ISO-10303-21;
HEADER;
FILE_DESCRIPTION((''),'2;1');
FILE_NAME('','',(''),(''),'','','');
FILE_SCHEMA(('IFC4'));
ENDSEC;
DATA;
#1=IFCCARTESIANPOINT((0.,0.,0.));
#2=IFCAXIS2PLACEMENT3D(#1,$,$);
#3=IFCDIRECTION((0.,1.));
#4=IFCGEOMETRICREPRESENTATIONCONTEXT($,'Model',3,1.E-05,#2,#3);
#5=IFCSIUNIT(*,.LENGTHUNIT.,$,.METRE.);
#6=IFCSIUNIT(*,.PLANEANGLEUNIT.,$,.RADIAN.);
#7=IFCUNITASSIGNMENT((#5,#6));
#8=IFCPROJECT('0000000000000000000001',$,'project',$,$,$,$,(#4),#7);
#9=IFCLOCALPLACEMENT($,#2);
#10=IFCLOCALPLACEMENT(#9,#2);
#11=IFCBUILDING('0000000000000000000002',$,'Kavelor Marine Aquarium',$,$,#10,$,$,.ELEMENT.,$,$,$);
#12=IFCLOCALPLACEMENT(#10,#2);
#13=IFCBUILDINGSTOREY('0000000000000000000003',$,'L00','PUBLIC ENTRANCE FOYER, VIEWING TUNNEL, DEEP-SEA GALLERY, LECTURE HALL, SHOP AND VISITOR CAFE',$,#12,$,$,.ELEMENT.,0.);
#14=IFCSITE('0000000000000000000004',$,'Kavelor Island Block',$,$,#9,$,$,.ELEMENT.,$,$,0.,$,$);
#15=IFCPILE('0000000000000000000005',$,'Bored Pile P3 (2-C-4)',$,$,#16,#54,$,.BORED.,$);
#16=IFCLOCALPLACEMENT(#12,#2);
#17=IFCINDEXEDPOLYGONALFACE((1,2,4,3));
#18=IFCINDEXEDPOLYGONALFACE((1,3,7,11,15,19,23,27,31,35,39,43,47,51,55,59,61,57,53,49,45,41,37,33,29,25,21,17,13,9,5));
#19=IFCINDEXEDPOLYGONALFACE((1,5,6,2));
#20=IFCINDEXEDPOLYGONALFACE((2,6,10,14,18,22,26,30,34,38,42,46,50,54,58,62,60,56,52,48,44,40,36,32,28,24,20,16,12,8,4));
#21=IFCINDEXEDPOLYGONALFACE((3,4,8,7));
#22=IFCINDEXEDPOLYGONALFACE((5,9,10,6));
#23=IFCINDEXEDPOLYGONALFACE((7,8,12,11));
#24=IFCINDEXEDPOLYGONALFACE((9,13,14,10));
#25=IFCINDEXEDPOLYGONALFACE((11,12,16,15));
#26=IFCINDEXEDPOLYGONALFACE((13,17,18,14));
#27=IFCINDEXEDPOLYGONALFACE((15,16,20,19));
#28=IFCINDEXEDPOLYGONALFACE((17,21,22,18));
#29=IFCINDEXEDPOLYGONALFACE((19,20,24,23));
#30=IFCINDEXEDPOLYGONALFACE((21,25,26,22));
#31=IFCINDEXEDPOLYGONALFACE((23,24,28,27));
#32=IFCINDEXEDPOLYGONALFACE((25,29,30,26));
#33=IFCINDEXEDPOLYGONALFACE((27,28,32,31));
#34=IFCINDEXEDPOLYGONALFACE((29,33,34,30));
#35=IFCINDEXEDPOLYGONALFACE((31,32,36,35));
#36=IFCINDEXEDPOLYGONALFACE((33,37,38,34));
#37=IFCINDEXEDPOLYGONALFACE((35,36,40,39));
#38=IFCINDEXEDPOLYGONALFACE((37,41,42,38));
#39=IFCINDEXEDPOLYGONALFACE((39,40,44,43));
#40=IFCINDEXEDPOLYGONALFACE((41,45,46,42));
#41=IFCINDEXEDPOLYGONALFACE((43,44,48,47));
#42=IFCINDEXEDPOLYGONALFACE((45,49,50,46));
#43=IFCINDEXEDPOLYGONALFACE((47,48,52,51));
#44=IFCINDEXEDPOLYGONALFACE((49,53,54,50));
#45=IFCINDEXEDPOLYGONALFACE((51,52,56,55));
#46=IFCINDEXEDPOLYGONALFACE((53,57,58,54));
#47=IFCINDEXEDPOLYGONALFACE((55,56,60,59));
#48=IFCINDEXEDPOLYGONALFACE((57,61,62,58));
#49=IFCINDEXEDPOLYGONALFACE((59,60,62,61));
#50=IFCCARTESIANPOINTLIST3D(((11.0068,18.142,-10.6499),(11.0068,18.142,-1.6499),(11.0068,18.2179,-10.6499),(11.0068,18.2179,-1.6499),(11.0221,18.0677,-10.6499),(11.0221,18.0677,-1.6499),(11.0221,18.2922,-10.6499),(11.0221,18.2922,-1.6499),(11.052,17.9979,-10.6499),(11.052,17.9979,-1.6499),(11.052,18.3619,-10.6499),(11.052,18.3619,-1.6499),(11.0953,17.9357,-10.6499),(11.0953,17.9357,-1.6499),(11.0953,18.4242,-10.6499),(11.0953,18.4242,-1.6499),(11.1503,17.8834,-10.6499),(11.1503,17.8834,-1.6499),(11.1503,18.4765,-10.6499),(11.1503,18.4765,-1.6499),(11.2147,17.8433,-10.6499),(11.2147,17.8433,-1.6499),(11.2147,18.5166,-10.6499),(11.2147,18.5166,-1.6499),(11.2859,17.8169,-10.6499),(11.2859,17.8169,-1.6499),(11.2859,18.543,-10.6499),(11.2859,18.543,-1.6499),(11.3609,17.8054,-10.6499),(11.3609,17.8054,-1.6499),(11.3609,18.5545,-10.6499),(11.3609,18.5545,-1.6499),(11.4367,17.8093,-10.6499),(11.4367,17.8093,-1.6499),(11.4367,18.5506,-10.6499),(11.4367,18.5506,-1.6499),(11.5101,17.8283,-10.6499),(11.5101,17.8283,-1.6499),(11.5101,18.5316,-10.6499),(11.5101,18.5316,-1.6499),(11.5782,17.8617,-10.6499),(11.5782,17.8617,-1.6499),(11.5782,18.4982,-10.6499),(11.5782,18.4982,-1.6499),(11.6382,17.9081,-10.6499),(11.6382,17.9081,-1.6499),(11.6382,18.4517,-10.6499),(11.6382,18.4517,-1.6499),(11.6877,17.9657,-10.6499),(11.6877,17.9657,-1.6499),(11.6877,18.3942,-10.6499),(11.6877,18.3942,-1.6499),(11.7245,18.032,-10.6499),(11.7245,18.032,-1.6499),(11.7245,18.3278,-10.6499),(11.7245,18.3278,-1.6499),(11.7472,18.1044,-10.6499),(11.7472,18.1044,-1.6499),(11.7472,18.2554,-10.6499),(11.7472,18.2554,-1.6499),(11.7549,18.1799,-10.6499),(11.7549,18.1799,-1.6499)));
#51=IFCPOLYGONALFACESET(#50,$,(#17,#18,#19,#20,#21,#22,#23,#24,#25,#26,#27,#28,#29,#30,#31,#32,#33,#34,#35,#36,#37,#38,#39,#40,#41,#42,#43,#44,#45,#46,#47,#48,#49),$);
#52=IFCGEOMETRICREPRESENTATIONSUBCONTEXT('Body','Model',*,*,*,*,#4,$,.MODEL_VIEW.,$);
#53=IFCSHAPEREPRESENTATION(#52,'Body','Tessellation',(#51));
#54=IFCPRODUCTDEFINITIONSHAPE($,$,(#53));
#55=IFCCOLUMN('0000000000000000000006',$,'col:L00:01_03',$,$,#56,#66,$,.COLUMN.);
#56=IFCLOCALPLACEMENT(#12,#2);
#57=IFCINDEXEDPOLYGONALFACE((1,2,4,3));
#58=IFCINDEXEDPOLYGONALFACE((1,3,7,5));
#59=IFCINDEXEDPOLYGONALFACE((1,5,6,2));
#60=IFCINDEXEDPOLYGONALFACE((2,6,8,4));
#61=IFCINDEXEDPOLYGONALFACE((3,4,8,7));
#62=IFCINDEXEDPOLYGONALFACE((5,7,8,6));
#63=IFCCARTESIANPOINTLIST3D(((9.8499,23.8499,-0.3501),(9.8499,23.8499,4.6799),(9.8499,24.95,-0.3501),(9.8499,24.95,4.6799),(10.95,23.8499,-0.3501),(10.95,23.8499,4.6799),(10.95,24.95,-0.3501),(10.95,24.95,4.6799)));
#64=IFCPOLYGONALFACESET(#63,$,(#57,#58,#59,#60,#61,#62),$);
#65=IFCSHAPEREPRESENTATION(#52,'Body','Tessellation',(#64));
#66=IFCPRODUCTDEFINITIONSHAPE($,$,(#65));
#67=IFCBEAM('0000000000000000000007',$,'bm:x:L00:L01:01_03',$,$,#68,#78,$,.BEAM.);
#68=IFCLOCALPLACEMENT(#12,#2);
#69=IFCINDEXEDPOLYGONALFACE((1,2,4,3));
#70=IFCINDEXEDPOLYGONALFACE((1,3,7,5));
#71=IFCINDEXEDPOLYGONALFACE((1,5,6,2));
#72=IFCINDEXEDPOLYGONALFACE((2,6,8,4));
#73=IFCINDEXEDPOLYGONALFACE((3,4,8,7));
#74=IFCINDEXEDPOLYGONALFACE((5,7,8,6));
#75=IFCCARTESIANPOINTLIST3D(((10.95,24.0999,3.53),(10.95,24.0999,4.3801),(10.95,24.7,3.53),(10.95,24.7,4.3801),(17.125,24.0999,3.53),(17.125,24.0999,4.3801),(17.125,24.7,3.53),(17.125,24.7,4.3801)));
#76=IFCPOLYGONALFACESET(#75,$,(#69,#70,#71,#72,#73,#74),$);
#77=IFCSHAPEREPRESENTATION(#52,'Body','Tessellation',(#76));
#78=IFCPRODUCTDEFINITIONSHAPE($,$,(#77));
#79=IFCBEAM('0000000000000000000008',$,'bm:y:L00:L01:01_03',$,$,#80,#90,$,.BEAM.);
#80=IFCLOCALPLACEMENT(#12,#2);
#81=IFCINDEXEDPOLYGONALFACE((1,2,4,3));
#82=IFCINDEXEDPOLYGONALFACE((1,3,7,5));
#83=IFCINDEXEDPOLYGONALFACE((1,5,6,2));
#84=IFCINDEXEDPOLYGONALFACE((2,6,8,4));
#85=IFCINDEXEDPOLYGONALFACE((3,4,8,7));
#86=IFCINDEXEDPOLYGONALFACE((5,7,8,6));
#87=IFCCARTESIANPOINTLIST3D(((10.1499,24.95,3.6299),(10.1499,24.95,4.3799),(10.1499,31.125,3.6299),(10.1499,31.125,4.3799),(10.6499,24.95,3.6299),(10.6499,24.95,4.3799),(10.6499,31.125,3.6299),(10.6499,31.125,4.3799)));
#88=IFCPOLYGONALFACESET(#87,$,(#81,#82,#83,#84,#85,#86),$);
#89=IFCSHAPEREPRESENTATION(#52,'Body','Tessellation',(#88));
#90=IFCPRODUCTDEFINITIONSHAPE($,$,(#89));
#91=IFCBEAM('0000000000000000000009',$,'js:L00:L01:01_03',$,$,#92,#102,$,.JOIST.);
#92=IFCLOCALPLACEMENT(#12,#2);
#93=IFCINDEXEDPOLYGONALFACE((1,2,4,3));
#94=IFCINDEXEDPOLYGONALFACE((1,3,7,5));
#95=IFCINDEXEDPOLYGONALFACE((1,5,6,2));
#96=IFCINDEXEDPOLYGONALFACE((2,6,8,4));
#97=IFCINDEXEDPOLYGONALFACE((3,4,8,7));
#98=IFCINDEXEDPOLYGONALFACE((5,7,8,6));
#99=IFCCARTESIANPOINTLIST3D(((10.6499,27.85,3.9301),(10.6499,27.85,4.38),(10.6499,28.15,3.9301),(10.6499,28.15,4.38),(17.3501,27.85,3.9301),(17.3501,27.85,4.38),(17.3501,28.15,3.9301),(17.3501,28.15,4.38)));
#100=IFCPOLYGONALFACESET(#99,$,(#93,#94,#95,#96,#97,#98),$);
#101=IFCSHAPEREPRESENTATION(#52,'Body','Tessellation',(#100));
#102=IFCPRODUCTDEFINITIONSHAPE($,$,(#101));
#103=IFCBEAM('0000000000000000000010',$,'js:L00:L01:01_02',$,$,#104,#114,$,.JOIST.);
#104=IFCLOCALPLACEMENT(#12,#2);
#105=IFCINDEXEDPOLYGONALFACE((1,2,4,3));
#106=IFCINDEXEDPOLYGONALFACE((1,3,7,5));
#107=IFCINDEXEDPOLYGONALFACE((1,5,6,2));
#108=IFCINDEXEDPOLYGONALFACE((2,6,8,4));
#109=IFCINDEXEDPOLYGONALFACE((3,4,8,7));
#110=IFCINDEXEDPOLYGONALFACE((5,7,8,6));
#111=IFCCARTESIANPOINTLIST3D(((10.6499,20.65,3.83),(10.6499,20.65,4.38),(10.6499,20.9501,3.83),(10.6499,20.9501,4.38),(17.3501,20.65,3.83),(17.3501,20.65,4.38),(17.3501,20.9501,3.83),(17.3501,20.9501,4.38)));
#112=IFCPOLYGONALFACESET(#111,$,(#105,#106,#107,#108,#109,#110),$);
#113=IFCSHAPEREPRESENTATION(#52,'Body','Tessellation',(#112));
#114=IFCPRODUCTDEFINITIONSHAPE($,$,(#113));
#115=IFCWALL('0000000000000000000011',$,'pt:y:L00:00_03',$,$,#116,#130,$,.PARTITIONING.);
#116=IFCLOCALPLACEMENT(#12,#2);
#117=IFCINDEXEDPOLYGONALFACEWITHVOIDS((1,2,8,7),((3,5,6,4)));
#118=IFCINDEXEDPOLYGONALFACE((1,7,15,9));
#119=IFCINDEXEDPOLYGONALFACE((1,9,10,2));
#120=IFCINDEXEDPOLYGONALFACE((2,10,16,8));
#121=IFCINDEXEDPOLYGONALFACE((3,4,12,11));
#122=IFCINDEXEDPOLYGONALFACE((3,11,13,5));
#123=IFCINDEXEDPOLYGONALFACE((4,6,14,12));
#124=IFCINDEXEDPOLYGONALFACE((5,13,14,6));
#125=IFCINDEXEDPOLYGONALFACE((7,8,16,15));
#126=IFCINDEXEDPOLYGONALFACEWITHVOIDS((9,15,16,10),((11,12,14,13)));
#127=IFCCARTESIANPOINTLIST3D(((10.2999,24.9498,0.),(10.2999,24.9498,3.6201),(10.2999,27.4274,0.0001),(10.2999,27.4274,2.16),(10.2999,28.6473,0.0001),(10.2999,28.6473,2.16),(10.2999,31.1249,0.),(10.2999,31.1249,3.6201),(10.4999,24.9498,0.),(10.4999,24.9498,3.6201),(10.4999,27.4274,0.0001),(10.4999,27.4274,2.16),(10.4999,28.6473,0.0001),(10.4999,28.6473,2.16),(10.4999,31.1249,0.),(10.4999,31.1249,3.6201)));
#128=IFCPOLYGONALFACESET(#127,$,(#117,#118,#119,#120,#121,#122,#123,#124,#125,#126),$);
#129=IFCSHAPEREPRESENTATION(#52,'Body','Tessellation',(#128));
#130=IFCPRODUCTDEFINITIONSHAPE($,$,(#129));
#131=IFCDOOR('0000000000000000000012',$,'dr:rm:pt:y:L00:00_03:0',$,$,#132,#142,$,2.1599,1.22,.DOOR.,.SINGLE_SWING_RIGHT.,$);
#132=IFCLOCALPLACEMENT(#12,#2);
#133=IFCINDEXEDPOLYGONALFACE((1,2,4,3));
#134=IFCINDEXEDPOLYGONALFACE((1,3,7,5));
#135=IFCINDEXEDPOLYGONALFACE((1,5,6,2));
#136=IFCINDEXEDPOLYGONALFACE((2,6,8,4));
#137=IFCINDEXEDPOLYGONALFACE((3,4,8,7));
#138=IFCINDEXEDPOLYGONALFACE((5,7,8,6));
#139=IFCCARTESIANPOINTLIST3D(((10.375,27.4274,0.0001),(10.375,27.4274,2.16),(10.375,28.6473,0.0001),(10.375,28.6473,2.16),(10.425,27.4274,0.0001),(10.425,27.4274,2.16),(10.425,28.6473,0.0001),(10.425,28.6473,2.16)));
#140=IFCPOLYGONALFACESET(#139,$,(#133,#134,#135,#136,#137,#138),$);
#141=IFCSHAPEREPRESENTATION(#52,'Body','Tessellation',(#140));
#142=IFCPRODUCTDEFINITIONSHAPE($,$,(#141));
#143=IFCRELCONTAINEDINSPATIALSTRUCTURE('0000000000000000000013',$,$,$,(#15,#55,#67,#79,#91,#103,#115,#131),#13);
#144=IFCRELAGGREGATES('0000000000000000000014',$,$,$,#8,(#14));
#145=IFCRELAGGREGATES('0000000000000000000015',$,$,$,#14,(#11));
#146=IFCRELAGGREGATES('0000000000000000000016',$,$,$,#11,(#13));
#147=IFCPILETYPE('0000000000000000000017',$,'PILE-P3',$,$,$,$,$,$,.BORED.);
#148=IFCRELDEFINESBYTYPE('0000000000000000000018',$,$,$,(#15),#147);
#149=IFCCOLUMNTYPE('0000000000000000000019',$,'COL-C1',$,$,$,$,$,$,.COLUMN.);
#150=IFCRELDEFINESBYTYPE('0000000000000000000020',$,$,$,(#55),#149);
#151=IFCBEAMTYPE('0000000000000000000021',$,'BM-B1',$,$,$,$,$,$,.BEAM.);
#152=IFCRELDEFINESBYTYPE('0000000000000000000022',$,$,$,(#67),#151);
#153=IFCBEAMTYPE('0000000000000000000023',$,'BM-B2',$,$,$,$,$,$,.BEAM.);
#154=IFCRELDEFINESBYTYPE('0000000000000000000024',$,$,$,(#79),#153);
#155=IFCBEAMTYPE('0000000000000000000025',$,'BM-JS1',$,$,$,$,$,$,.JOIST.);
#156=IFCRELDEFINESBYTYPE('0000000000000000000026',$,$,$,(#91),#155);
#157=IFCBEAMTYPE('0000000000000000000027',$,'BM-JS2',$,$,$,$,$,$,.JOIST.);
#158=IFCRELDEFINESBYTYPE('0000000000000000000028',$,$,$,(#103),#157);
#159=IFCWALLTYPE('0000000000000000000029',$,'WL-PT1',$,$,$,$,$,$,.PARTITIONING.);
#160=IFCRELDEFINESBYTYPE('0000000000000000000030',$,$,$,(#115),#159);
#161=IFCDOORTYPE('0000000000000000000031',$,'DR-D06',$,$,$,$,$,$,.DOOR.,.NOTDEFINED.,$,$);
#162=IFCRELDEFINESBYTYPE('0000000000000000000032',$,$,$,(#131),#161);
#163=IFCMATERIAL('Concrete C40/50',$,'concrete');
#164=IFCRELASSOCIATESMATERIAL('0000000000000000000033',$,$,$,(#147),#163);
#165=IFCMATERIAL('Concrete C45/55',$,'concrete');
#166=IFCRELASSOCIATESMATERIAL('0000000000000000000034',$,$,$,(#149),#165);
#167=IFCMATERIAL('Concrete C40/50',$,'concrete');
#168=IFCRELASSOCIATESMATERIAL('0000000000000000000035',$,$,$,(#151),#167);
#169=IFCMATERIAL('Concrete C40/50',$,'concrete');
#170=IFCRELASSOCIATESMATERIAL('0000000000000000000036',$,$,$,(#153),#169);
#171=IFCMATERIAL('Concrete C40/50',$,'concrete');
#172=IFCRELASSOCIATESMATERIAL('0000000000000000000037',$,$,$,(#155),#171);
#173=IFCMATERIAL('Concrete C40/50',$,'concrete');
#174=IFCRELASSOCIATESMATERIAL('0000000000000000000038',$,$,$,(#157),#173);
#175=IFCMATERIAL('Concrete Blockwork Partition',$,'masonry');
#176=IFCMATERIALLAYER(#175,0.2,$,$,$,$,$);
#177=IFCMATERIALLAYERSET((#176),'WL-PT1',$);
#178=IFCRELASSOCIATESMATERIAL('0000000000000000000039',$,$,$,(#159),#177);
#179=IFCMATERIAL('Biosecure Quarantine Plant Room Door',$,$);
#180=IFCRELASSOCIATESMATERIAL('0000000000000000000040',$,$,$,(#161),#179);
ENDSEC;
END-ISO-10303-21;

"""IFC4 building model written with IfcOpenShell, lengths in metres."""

from ifc_helpers import new_model, si_unit, direction, frame, frame_2d, origin, origin_2d, place, context, subcontext, project, spatial, rectangle, circle, extrude, material, layer, layer_set, material_profile, profile_set, type_object, element, fill, save


model = new_model("IFC4")

# Units and contexts
model_context = context("Model", 3, precision=1e-05, world=origin(), true_north=direction((0.0, 1.0)))
body_context = subcontext(model_context, "Body", "Model", "MODEL_VIEW")
ifc_project = project(units=[si_unit("LENGTHUNIT", "METRE"), si_unit("PLANEANGLEUNIT", "RADIAN")], contexts=[model_context])

# Site, building, storey
site_placement = place(None, origin())
site = spatial("IfcSite", under=ifc_project, at=site_placement, Name="Kavelor Island Block", CompositionType="ELEMENT", RefElevation=0.0)
building_placement = place(site_placement, origin())
building = spatial("IfcBuilding", under=site, at=building_placement, Name="Kavelor Marine Aquarium", CompositionType="ELEMENT")
storey_placement = place(building_placement, origin())
storey = spatial("IfcBuildingStorey", under=building, at=storey_placement, Name="L00", Description="PUBLIC ENTRANCE FOYER, VIEWING TUNNEL, DEEP-SEA GALLERY, LECTURE HALL, SHOP AND VISITOR CAFE", CompositionType="ELEMENT", Elevation=0.0)

# Pile
ifc_material_1 = material(Name="Concrete C40/50", Category="concrete")
ifc_material_profile_1 = material_profile(ifc_material_1, circle(Radius=0.375, at=origin_2d()), Name="PILE D750")
ifc_profile_set_1 = profile_set([ifc_material_profile_1], Name="Concrete C40/50")
pile_type_1 = type_object("IfcPileType", Name="PILE-P3", PredefinedType="BORED", material=ifc_profile_set_1)
for number, where, z_axis, x_axis, name in (
    (1, (11.3799, 18.1799, -1.6499), (0.0, 0.0, -1.0), (1.0, 0.0, 0.0), "Bored Pile P3 (2-C-4)"),
):
    element("IfcPile", number, at=place(storey_placement, frame(where, z_axis=z_axis, x_axis=x_axis)), inside=storey, type_object=pile_type_1, Name=name, PredefinedType="BORED", context=body_context, shape_type="SweptSolid", body=[
        extrude(circle(Radius=0.375, at=origin_2d()), origin(), (0.0, 0.0, 1.0), 9.0),
    ])

# Column
ifc_material_2 = material(Name="Concrete C45/55", Category="concrete")
ifc_material_profile_2 = material_profile(ifc_material_2, rectangle(XDim=1.1001, YDim=1.1001, at=origin_2d()), Name="RC-COL 1100x1100")
ifc_profile_set_2 = profile_set([ifc_material_profile_2], Name="Concrete C45/55")
column_type = type_object("IfcColumnType", Name="COL-C1", PredefinedType="COLUMN", material=ifc_profile_set_2)
column_placement = place(storey_placement, frame((10.3999, 24.3999, -0.3501), z_axis=(0.0, 0.0, 1.0), x_axis=(1.0, 0.0, 0.0)))
element("IfcColumn", 2, at=column_placement, inside=storey, type_object=column_type, Name="col:L00:01_03", PredefinedType="COLUMN", context=body_context, shape_type="SweptSolid", body=[
    extrude(rectangle(XDim=1.1001, YDim=1.1001, at=origin_2d()), origin(), (0.0, 0.0, 1.0), 5.03),
])

# Beams
ifc_material_3 = material(Name="Concrete C40/50", Category="concrete")
ifc_material_profile_3 = material_profile(ifc_material_3, rectangle(XDim=0.6001, YDim=0.8501, at=origin_2d()), Name="RC-BM 600x850")
ifc_profile_set_3 = profile_set([ifc_material_profile_3], Name="Concrete C40/50")
beam_type_1 = type_object("IfcBeamType", Name="BM-B1", PredefinedType="BEAM", material=ifc_profile_set_3)
beam_1_placement = place(storey_placement, frame((10.95, 24.3999, 3.9551), z_axis=(1.0, 0.0, 0.0), x_axis=(0.0, 1.0, 0.0)))
element("IfcBeam", 3, at=beam_1_placement, inside=storey, type_object=beam_type_1, Name="bm:x:L00:L01:01_03", PredefinedType="BEAM", context=body_context, shape_type="SweptSolid", body=[
    extrude(rectangle(XDim=0.6001, YDim=0.8501, at=origin_2d()), origin(), (0.0, 0.0, 1.0), 6.175),
])
ifc_material_4 = material(Name="Concrete C40/50", Category="concrete")
ifc_material_profile_4 = material_profile(ifc_material_4, rectangle(XDim=0.5, YDim=0.75, at=origin_2d()), Name="RC-BM 500x750")
ifc_profile_set_4 = profile_set([ifc_material_profile_4], Name="Concrete C40/50")
beam_type_2 = type_object("IfcBeamType", Name="BM-B2", PredefinedType="BEAM", material=ifc_profile_set_4)
beam_2_placement = place(storey_placement, frame((10.3999, 24.95, 4.0049), z_axis=(0.0, 1.0, 0.0), x_axis=(-1.0, 0.0, 0.0)))
element("IfcBeam", 4, at=beam_2_placement, inside=storey, type_object=beam_type_2, Name="bm:y:L00:L01:01_03", PredefinedType="BEAM", context=body_context, shape_type="SweptSolid", body=[
    extrude(rectangle(XDim=0.5, YDim=0.75, at=origin_2d()), origin(), (0.0, 0.0, 1.0), 6.175),
])
ifc_material_5 = material(Name="Concrete C40/50", Category="concrete")
ifc_material_profile_5 = material_profile(ifc_material_5, rectangle(XDim=0.3, YDim=0.45, at=origin_2d()), Name="RC-JS 300x450")
ifc_profile_set_5 = profile_set([ifc_material_profile_5], Name="Concrete C40/50")
beam_type_3 = type_object("IfcBeamType", Name="BM-JS1", PredefinedType="JOIST", material=ifc_profile_set_5)
beam_3_placement = place(storey_placement, frame((10.6499, 28.0, 4.155), z_axis=(1.0, 0.0, 0.0), x_axis=(0.0, 1.0, 0.0)))
element("IfcBeam", 5, at=beam_3_placement, inside=storey, type_object=beam_type_3, Name="js:L00:L01:01_03", PredefinedType="JOIST", context=body_context, shape_type="SweptSolid", body=[
    extrude(rectangle(XDim=0.3, YDim=0.45, at=origin_2d()), origin(), (0.0, 0.0, 1.0), 6.7002),
])
ifc_material_6 = material(Name="Concrete C40/50", Category="concrete")
ifc_material_profile_6 = material_profile(ifc_material_6, rectangle(XDim=0.3, YDim=0.55, at=origin_2d()), Name="RC-JS 300x550")
ifc_profile_set_6 = profile_set([ifc_material_profile_6], Name="Concrete C40/50")
beam_type_4 = type_object("IfcBeamType", Name="BM-JS2", PredefinedType="JOIST", material=ifc_profile_set_6)
beam_4_placement = place(storey_placement, frame((10.6499, 20.8, 4.105), z_axis=(1.0, 0.0, 0.0), x_axis=(0.0, 1.0, 0.0)))
element("IfcBeam", 6, at=beam_4_placement, inside=storey, type_object=beam_type_4, Name="js:L00:L01:01_02", PredefinedType="JOIST", context=body_context, shape_type="SweptSolid", body=[
    extrude(rectangle(XDim=0.3, YDim=0.55, at=origin_2d()), origin(), (0.0, 0.0, 1.0), 6.7002),
])

# Wall, opening, door
ifc_material_7 = material(Name="Concrete Blockwork Partition", Category="masonry")
ifc_layer_1 = layer(ifc_material_7, 0.2)
ifc_layer_set_1 = layer_set([ifc_layer_1], Name="WL-PT1")
wall_type_1 = type_object("IfcWallType", Name="WL-PT1", PredefinedType="PARTITIONING", material=ifc_layer_set_1)
wall_1_placement = place(storey_placement, frame((10.3999, 24.95, 0.0), z_axis=(0.0, 0.0, 1.0), x_axis=(0.0, 1.0, 0.0)))
wall_1 = element("IfcWall", 7, at=wall_1_placement, inside=storey, type_object=wall_type_1, Name="pt:y:L00:00_03", PredefinedType="PARTITIONING", context=body_context, shape_type="SweptSolid", body=[
    extrude(rectangle(XDim=6.175, YDim=0.2, at=frame_2d((3.0874, 0.0))), origin(), (0.0, 0.0, 1.0), 3.6201),
])
opening_1_placement = place(wall_1_placement, frame((2.4775, 0.0, 0.0)))
opening_1 = element("IfcOpeningElement", 8, at=opening_1_placement, cuts=wall_1, PredefinedType="OPENING", context=body_context, shape_type="SweptSolid", body=[
    extrude(rectangle(XDim=1.22, YDim=2.1599, at=frame_2d((0.6099, 1.0801))), frame((0.0, 0.1099, 0.0), z_axis=(0.0, -1.0, 0.0), x_axis=(1.0, 0.0, 0.0)), (0.0, 0.0, 1.0), 0.22),
])
ifc_material_8 = material(Name="Biosecure Quarantine Plant Room Door")
door_type_1 = type_object("IfcDoorType", Name="DR-D06", OperationType="NOTDEFINED", PredefinedType="DOOR", material=ifc_material_8)
door_1_placement = place(opening_1_placement, origin())
door_1 = element("IfcDoor", 9, at=door_1_placement, inside=storey, type_object=door_type_1, Name="dr:rm:pt:y:L00:00_03:0", OperationType="SINGLE_SWING_RIGHT", OverallHeight=2.1599, OverallWidth=1.22, PredefinedType="DOOR", context=body_context, shape_type="SweptSolid", body=[
    extrude(rectangle(XDim=1.22, YDim=2.1599, at=frame_2d((0.6099, 1.0801))), frame((0.0, 0.0249, 0.0), z_axis=(0.0, -1.0, 0.0), x_axis=(1.0, 0.0, 0.0)), (0.0, 0.0, 1.0), 0.05),
])
fill(opening_1, door_1)

save(model, "model.ifc")
